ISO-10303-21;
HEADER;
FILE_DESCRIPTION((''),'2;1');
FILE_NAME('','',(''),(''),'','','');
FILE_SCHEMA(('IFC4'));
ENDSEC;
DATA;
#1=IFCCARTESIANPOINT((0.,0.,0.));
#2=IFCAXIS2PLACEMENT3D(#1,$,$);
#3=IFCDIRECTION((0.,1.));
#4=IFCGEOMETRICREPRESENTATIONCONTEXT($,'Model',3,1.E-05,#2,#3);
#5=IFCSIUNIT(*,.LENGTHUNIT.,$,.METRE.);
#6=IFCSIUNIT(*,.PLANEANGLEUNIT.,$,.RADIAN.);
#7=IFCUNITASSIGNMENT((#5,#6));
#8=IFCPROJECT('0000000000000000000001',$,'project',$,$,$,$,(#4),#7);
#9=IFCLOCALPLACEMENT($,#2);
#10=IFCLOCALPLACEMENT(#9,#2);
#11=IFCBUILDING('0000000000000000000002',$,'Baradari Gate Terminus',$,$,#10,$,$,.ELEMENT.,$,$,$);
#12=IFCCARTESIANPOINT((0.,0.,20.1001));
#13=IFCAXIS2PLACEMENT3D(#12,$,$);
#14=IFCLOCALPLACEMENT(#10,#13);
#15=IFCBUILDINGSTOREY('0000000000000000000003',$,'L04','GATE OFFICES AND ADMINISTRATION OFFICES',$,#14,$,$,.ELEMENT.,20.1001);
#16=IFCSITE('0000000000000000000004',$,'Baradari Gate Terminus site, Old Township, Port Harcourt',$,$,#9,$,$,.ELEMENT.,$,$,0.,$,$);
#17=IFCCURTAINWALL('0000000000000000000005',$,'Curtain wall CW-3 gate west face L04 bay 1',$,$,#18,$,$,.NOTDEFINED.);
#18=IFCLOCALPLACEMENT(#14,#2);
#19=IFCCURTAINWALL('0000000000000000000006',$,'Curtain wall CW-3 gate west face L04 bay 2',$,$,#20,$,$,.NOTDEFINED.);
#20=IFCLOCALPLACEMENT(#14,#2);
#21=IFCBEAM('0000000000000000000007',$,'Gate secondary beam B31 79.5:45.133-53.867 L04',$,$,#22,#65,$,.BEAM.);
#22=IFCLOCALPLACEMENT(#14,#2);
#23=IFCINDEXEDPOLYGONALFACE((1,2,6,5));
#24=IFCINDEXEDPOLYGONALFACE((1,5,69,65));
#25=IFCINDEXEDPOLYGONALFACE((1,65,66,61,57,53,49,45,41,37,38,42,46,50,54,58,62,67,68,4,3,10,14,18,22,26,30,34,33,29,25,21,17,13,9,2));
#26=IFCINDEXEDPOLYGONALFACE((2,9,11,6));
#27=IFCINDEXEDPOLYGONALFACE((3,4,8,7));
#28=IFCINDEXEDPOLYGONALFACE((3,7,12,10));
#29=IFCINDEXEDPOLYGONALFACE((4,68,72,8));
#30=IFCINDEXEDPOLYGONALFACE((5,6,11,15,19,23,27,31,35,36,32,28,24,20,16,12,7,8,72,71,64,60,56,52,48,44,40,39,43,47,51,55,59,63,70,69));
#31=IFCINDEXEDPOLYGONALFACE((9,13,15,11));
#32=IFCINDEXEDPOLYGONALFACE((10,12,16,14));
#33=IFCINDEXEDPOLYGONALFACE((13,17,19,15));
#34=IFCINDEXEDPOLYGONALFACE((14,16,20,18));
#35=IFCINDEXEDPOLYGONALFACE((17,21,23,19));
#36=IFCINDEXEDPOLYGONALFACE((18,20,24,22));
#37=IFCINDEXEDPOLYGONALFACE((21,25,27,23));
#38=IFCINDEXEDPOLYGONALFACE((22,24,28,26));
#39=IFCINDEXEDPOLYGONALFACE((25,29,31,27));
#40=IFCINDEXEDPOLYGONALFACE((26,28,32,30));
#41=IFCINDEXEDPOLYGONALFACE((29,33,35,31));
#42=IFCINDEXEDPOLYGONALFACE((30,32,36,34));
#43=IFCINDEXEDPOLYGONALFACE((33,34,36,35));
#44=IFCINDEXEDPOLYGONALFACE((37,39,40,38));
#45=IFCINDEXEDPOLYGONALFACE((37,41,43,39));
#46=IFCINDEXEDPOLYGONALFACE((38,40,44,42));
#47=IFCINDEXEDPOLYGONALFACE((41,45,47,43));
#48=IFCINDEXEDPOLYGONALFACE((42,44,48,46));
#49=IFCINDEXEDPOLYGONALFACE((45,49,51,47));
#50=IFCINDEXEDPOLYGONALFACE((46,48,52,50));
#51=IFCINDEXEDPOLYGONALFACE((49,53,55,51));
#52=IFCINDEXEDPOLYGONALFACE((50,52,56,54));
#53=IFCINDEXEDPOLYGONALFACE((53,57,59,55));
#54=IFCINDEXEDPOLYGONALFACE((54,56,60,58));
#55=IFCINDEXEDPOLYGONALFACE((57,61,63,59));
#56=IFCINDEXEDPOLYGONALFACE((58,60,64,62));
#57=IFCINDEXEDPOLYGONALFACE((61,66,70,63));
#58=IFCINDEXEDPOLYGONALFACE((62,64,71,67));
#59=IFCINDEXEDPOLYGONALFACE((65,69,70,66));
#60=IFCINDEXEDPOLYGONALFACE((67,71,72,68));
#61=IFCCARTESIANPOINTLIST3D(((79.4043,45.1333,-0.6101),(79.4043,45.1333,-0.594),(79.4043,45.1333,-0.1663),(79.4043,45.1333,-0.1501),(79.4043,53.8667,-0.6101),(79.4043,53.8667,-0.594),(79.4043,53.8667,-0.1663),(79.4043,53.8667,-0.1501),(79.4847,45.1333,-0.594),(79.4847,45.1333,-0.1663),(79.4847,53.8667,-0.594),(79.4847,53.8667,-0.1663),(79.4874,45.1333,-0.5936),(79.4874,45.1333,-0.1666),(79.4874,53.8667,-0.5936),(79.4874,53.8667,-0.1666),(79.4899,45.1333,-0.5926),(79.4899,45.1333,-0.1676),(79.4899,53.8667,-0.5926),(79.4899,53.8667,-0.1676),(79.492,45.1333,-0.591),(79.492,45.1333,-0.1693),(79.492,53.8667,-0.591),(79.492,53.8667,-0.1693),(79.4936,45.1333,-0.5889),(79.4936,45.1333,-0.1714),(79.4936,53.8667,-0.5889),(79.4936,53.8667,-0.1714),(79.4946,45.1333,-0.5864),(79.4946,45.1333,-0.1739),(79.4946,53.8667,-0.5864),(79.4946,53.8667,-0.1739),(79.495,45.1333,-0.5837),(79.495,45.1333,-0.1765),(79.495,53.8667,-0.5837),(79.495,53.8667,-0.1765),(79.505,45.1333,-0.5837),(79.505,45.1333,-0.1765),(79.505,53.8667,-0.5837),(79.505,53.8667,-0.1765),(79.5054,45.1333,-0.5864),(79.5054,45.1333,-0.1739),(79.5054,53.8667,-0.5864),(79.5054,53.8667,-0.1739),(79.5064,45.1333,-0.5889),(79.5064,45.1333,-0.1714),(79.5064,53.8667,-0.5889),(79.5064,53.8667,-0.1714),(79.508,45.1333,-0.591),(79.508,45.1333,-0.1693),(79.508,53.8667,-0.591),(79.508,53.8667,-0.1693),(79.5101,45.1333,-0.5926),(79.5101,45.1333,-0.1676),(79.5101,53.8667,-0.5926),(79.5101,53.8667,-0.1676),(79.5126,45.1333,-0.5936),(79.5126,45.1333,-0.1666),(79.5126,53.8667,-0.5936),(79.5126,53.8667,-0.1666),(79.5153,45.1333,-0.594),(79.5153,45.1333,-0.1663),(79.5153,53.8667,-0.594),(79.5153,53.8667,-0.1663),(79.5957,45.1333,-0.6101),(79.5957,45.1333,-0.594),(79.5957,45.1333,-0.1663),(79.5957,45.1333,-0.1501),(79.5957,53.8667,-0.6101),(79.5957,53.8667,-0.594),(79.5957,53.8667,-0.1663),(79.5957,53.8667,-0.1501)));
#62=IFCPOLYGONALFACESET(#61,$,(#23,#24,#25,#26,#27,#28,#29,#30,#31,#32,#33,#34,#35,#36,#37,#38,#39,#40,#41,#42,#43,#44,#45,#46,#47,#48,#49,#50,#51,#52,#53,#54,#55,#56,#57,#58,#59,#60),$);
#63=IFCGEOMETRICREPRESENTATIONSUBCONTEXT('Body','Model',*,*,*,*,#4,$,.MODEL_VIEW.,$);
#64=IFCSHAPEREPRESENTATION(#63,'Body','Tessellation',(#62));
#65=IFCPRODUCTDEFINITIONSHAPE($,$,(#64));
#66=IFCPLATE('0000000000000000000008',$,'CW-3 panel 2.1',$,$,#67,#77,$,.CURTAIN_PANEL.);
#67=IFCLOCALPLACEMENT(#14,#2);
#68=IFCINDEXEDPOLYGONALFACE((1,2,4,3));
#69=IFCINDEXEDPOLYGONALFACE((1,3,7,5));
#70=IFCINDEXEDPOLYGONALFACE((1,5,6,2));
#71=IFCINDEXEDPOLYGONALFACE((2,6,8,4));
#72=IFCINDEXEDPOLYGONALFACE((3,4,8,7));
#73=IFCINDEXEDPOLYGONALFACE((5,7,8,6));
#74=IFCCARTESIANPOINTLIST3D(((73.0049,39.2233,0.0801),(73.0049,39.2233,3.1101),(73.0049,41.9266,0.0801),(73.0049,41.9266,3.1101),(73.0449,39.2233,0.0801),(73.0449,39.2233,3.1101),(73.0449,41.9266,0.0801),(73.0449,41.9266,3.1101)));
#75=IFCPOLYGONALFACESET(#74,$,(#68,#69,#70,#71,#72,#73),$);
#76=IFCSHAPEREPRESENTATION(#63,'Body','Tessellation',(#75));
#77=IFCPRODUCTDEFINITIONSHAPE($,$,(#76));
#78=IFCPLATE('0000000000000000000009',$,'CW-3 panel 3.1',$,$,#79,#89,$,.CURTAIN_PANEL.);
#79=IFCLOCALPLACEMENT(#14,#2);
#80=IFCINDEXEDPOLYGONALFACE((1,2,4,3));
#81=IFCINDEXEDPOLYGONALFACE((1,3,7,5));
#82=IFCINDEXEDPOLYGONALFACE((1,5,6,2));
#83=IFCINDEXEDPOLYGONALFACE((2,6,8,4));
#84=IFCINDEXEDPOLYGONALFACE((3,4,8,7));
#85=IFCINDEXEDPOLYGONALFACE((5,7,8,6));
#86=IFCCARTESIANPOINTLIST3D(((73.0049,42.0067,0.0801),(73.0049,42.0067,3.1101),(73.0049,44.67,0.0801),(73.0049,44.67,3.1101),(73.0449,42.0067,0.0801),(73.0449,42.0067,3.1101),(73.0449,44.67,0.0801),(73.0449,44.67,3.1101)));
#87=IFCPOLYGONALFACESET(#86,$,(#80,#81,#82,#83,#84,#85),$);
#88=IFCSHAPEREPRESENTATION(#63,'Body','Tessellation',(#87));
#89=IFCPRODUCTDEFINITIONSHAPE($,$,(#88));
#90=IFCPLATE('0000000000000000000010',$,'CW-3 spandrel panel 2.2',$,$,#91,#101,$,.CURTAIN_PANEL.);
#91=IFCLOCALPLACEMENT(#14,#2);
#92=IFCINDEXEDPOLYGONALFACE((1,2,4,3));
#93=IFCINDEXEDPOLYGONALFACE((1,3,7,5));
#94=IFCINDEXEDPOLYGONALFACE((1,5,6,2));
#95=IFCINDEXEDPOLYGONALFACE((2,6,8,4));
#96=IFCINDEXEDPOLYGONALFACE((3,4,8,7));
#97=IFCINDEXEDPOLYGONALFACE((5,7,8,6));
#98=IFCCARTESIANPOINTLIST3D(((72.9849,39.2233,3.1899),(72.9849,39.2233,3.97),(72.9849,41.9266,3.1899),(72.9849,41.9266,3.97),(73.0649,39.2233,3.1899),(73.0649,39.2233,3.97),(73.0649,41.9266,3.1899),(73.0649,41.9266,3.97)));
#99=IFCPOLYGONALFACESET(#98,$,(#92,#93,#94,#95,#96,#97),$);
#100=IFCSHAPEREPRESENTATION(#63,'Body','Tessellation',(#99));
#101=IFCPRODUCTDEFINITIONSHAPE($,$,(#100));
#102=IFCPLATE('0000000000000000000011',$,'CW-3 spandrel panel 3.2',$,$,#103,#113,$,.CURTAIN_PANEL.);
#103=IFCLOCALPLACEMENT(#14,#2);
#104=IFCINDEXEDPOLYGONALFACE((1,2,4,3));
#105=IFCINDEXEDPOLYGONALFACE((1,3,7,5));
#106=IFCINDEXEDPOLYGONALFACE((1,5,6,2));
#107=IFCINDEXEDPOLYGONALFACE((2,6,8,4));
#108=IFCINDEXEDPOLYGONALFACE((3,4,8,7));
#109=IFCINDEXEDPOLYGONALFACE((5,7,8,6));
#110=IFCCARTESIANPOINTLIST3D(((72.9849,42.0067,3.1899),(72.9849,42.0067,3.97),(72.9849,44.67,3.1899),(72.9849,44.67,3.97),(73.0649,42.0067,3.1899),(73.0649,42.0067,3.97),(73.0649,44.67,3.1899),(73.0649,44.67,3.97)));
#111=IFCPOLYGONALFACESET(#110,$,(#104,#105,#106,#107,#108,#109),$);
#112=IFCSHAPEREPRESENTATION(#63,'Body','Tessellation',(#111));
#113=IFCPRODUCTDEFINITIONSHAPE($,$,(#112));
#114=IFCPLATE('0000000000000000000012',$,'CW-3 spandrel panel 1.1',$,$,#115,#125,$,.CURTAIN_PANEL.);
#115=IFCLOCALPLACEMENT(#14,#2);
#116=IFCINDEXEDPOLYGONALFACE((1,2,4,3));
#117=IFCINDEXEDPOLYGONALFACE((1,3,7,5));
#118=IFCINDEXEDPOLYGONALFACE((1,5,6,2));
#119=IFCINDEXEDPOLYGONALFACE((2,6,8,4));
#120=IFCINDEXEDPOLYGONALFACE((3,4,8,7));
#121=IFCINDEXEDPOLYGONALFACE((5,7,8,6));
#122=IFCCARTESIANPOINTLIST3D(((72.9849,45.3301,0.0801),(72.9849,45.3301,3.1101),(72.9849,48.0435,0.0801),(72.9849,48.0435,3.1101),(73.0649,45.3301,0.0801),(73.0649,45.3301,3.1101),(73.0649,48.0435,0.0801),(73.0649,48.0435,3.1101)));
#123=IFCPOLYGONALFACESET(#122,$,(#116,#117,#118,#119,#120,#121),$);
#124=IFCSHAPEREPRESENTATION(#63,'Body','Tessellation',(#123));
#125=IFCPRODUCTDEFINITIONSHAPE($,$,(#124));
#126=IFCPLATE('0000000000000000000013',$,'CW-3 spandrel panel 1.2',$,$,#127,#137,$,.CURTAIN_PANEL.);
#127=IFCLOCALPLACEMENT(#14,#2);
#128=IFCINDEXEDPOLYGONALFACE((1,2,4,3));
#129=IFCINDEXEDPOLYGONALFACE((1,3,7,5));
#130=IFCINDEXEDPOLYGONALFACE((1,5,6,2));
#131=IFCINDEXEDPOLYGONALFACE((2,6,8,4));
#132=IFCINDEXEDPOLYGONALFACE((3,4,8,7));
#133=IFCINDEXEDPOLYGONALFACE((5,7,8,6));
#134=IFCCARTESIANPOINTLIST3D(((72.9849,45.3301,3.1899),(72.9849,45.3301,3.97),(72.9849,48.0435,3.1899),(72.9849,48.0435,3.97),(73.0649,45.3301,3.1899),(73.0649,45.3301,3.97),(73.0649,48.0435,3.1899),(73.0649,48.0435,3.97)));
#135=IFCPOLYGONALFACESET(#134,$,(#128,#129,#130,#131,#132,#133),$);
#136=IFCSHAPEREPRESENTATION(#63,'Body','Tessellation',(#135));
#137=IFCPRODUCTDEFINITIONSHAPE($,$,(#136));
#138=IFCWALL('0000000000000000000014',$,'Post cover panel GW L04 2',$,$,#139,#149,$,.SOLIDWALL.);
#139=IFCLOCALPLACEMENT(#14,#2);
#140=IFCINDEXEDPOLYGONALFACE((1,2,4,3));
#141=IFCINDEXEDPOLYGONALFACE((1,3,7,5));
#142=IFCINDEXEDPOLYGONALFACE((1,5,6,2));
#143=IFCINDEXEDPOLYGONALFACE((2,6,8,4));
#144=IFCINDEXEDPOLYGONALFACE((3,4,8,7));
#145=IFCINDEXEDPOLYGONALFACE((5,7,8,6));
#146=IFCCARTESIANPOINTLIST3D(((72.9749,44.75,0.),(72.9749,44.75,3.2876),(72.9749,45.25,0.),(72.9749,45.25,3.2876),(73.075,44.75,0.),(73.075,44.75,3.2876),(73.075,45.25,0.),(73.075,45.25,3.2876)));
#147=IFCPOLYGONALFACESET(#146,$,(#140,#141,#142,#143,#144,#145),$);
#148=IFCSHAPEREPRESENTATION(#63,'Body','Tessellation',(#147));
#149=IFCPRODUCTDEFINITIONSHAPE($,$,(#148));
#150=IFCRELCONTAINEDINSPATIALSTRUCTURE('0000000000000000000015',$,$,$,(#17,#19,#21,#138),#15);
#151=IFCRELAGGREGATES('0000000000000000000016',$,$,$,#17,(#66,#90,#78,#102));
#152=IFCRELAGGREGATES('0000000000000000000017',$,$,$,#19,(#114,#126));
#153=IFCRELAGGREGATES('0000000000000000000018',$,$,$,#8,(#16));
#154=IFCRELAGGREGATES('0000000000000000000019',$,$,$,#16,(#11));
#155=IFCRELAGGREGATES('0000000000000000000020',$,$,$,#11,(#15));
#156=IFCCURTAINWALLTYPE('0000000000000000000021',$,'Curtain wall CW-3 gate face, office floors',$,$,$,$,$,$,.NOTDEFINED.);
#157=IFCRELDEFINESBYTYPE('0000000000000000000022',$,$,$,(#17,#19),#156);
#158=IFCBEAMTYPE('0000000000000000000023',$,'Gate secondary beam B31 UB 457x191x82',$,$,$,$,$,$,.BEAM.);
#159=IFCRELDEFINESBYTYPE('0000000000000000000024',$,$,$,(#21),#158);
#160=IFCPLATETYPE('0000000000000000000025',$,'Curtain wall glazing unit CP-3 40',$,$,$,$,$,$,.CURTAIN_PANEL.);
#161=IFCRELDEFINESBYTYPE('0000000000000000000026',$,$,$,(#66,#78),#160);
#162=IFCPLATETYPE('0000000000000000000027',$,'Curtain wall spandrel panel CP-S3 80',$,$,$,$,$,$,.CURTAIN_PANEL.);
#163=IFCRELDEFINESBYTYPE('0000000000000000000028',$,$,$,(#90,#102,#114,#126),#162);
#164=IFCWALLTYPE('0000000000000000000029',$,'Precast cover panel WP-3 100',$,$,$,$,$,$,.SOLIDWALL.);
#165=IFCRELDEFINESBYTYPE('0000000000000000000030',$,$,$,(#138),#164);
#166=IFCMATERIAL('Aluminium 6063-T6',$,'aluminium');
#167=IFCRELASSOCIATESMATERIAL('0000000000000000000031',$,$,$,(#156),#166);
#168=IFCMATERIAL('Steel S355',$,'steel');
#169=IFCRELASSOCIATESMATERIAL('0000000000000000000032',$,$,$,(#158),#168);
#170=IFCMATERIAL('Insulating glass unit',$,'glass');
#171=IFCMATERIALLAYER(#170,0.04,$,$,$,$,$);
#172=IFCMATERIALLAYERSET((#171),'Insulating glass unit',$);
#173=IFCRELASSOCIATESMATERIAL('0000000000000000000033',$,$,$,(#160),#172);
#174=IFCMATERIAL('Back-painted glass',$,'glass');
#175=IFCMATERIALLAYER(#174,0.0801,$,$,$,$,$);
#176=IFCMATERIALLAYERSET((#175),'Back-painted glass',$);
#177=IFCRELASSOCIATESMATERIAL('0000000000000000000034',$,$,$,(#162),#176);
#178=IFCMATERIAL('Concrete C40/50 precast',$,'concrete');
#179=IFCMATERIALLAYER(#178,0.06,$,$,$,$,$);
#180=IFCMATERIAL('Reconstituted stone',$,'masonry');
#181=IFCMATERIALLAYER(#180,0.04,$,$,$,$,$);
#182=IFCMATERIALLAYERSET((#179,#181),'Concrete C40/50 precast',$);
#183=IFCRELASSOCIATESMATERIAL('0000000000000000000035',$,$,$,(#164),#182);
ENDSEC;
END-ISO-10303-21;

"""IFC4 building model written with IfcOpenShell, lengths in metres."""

from ifc_helpers import new_model, si_unit, direction, frame, frame_2d, origin, origin_2d, place, context, subcontext, project, spatial, rectangle, i_section, extrude, material, layer, layer_set, material_profile, profile_set, type_object, element, aggregate, save


model = new_model("IFC4")

# Units and contexts
model_context = context("Model", 3, precision=1e-05, world=origin(), true_north=direction((0.0, 1.0)))
body_context = subcontext(model_context, "Body", "Model", "MODEL_VIEW")
ifc_project = project(units=[si_unit("LENGTHUNIT", "METRE"), si_unit("PLANEANGLEUNIT", "RADIAN")], contexts=[model_context])

# Site, building, storey
site_placement = place(None, origin())
site = spatial("IfcSite", under=ifc_project, at=site_placement, Name="Baradari Gate Terminus site, Old Township, Port Harcourt", CompositionType="ELEMENT", RefElevation=0.0)
building_placement = place(site_placement, origin())
building = spatial("IfcBuilding", under=site, at=building_placement, Name="Baradari Gate Terminus", CompositionType="ELEMENT")
storey_placement = place(building_placement, frame((0.0, 0.0, 20.1001)))
storey = spatial("IfcBuildingStorey", under=building, at=storey_placement, Name="L04", Description="GATE OFFICES AND ADMINISTRATION OFFICES", CompositionType="ELEMENT", Elevation=20.1001)

# Curtain walls
ifc_material_1 = material(Name="Aluminium 6063-T6", Category="aluminium")
curtain_wall_type = type_object("IfcCurtainWallType", Name="Curtain wall CW-3 gate face, office floors", PredefinedType="NOTDEFINED", material=ifc_material_1)
curtain_wall_1_placement = place(storey_placement, origin())
curtain_wall_1 = element("IfcCurtainWall", 1, at=curtain_wall_1_placement, inside=storey, type_object=curtain_wall_type, Name="Curtain wall CW-3 gate west face L04 bay 1", PredefinedType="NOTDEFINED")
curtain_wall_2_placement = place(storey_placement, origin())
curtain_wall_2 = element("IfcCurtainWall", 2, at=curtain_wall_2_placement, inside=storey, type_object=curtain_wall_type, Name="Curtain wall CW-3 gate west face L04 bay 2", PredefinedType="NOTDEFINED")

# Beam
ifc_material_2 = material(Name="Steel S355", Category="steel")
ifc_material_profile_1 = material_profile(ifc_material_2, i_section(OverallWidth=0.1914, OverallDepth=0.46, WebThickness=0.01, FlangeThickness=0.0161, FilletRadius=0.0103, at=origin_2d()), Name="UB 457x191x82")
ifc_profile_set_1 = profile_set([ifc_material_profile_1], Name="Steel S355")
beam_type_1 = type_object("IfcBeamType", Name="Gate secondary beam B31 UB 457x191x82", PredefinedType="BEAM", material=ifc_profile_set_1)
for number, where, z_axis, x_axis, name in (
    (3, (79.5, 45.1333, -0.3801), (0.0, 1.0, 0.0), (-1.0, 0.0, 0.0), "Gate secondary beam B31 79.5:45.133-53.867 L04"),
):
    element("IfcBeam", number, at=place(storey_placement, frame(where, z_axis=z_axis, x_axis=x_axis)), inside=storey, type_object=beam_type_1, Name=name, PredefinedType="BEAM", context=body_context, shape_type="SweptSolid", body=[
        extrude(i_section(OverallWidth=0.1914, OverallDepth=0.46, WebThickness=0.01, FlangeThickness=0.0161, FilletRadius=0.0103, at=origin_2d()), origin(), (0.0, 0.0, 1.0), 8.7334),
    ])

# Plates
ifc_material_3 = material(Name="Insulating glass unit", Category="glass")
ifc_layer_1 = layer(ifc_material_3, 0.04)
ifc_layer_set_1 = layer_set([ifc_layer_1], Name="Insulating glass unit")
plate_type_1 = type_object("IfcPlateType", Name="Curtain wall glazing unit CP-3 40", PredefinedType="CURTAIN_PANEL", material=ifc_layer_set_1)
plate_1_placement = place(storey_placement, frame((73.0249, 40.575, 0.0801), z_axis=(0.0, 0.0, 1.0), x_axis=(0.0, 1.0, 0.0)))
plate_1 = element("IfcPlate", 4, at=plate_1_placement, type_object=plate_type_1, Name="CW-3 panel 2.1", PredefinedType="CURTAIN_PANEL", context=body_context, shape_type="SweptSolid", body=[
    extrude(rectangle(XDim=2.7034, YDim=0.04, at=origin_2d()), origin(), (0.0, 0.0, 1.0), 3.03),
])
plate_2_placement = place(storey_placement, frame((73.0249, 43.3384, 0.0801), z_axis=(0.0, 0.0, 1.0), x_axis=(0.0, 1.0, 0.0)))
plate_2 = element("IfcPlate", 5, at=plate_2_placement, type_object=plate_type_1, Name="CW-3 panel 3.1", PredefinedType="CURTAIN_PANEL", context=body_context, shape_type="SweptSolid", body=[
    extrude(rectangle(XDim=2.6633, YDim=0.04, at=origin_2d()), origin(), (0.0, 0.0, 1.0), 3.03),
])
ifc_material_4 = material(Name="Back-painted glass", Category="glass")
ifc_layer_2 = layer(ifc_material_4, 0.0801)
ifc_layer_set_2 = layer_set([ifc_layer_2], Name="Back-painted glass")
plate_type_2 = type_object("IfcPlateType", Name="Curtain wall spandrel panel CP-S3 80", PredefinedType="CURTAIN_PANEL", material=ifc_layer_set_2)
plate_3_placement = place(storey_placement, frame((73.0249, 40.575, 3.1899), z_axis=(0.0, 0.0, 1.0), x_axis=(0.0, 1.0, 0.0)))
plate_3 = element("IfcPlate", 6, at=plate_3_placement, type_object=plate_type_2, Name="CW-3 spandrel panel 2.2", PredefinedType="CURTAIN_PANEL", context=body_context, shape_type="SweptSolid", body=[
    extrude(rectangle(XDim=2.7034, YDim=0.0801, at=origin_2d()), origin(), (0.0, 0.0, 1.0), 0.78),
])
plate_4_placement = place(storey_placement, frame((73.0249, 43.3384, 3.1899), z_axis=(0.0, 0.0, 1.0), x_axis=(0.0, 1.0, 0.0)))
plate_4 = element("IfcPlate", 7, at=plate_4_placement, type_object=plate_type_2, Name="CW-3 spandrel panel 3.2", PredefinedType="CURTAIN_PANEL", context=body_context, shape_type="SweptSolid", body=[
    extrude(rectangle(XDim=2.6633, YDim=0.0801, at=origin_2d()), origin(), (0.0, 0.0, 1.0), 0.78),
])
aggregate(curtain_wall_1, [plate_1, plate_3, plate_2, plate_4])
plate_5_placement = place(storey_placement, frame((73.0249, 46.6868, 0.0801), z_axis=(0.0, 0.0, 1.0), x_axis=(0.0, 1.0, 0.0)))
plate_5 = element("IfcPlate", 8, at=plate_5_placement, type_object=plate_type_2, Name="CW-3 spandrel panel 1.1", PredefinedType="CURTAIN_PANEL", context=body_context, shape_type="SweptSolid", body=[
    extrude(rectangle(XDim=2.7134, YDim=0.0801, at=origin_2d()), origin(), (0.0, 0.0, 1.0), 3.03),
])
plate_6_placement = place(storey_placement, frame((73.0249, 46.6868, 3.1899), z_axis=(0.0, 0.0, 1.0), x_axis=(0.0, 1.0, 0.0)))
plate_6 = element("IfcPlate", 9, at=plate_6_placement, type_object=plate_type_2, Name="CW-3 spandrel panel 1.2", PredefinedType="CURTAIN_PANEL", context=body_context, shape_type="SweptSolid", body=[
    extrude(rectangle(XDim=2.7134, YDim=0.0801, at=origin_2d()), origin(), (0.0, 0.0, 1.0), 0.78),
])
aggregate(curtain_wall_2, [plate_5, plate_6])

# Wall
ifc_material_5 = material(Name="Concrete C40/50 precast", Category="concrete")
ifc_layer_3 = layer(ifc_material_5, 0.06)
ifc_material_6 = material(Name="Reconstituted stone", Category="masonry")
ifc_layer_4 = layer(ifc_material_6, 0.04)
ifc_layer_set_3 = layer_set([ifc_layer_3, ifc_layer_4], Name="Concrete C40/50 precast")
wall_type = type_object("IfcWallType", Name="Precast cover panel WP-3 100", PredefinedType="SOLIDWALL", material=ifc_layer_set_3)
wall_placement = place(storey_placement, frame((73.0249, 44.75, 0.0), z_axis=(0.0, 0.0, 1.0), x_axis=(0.0, 1.0, 0.0)))
element("IfcWall", 10, at=wall_placement, inside=storey, type_object=wall_type, Name="Post cover panel GW L04 2", PredefinedType="SOLIDWALL", context=body_context, shape_type="SweptSolid", body=[
    extrude(rectangle(XDim=0.5, YDim=0.1001, at=frame_2d((0.25, 0.0))), origin(), (0.0, 0.0, 1.0), 3.2876),
])

save(model, "model.ifc")
